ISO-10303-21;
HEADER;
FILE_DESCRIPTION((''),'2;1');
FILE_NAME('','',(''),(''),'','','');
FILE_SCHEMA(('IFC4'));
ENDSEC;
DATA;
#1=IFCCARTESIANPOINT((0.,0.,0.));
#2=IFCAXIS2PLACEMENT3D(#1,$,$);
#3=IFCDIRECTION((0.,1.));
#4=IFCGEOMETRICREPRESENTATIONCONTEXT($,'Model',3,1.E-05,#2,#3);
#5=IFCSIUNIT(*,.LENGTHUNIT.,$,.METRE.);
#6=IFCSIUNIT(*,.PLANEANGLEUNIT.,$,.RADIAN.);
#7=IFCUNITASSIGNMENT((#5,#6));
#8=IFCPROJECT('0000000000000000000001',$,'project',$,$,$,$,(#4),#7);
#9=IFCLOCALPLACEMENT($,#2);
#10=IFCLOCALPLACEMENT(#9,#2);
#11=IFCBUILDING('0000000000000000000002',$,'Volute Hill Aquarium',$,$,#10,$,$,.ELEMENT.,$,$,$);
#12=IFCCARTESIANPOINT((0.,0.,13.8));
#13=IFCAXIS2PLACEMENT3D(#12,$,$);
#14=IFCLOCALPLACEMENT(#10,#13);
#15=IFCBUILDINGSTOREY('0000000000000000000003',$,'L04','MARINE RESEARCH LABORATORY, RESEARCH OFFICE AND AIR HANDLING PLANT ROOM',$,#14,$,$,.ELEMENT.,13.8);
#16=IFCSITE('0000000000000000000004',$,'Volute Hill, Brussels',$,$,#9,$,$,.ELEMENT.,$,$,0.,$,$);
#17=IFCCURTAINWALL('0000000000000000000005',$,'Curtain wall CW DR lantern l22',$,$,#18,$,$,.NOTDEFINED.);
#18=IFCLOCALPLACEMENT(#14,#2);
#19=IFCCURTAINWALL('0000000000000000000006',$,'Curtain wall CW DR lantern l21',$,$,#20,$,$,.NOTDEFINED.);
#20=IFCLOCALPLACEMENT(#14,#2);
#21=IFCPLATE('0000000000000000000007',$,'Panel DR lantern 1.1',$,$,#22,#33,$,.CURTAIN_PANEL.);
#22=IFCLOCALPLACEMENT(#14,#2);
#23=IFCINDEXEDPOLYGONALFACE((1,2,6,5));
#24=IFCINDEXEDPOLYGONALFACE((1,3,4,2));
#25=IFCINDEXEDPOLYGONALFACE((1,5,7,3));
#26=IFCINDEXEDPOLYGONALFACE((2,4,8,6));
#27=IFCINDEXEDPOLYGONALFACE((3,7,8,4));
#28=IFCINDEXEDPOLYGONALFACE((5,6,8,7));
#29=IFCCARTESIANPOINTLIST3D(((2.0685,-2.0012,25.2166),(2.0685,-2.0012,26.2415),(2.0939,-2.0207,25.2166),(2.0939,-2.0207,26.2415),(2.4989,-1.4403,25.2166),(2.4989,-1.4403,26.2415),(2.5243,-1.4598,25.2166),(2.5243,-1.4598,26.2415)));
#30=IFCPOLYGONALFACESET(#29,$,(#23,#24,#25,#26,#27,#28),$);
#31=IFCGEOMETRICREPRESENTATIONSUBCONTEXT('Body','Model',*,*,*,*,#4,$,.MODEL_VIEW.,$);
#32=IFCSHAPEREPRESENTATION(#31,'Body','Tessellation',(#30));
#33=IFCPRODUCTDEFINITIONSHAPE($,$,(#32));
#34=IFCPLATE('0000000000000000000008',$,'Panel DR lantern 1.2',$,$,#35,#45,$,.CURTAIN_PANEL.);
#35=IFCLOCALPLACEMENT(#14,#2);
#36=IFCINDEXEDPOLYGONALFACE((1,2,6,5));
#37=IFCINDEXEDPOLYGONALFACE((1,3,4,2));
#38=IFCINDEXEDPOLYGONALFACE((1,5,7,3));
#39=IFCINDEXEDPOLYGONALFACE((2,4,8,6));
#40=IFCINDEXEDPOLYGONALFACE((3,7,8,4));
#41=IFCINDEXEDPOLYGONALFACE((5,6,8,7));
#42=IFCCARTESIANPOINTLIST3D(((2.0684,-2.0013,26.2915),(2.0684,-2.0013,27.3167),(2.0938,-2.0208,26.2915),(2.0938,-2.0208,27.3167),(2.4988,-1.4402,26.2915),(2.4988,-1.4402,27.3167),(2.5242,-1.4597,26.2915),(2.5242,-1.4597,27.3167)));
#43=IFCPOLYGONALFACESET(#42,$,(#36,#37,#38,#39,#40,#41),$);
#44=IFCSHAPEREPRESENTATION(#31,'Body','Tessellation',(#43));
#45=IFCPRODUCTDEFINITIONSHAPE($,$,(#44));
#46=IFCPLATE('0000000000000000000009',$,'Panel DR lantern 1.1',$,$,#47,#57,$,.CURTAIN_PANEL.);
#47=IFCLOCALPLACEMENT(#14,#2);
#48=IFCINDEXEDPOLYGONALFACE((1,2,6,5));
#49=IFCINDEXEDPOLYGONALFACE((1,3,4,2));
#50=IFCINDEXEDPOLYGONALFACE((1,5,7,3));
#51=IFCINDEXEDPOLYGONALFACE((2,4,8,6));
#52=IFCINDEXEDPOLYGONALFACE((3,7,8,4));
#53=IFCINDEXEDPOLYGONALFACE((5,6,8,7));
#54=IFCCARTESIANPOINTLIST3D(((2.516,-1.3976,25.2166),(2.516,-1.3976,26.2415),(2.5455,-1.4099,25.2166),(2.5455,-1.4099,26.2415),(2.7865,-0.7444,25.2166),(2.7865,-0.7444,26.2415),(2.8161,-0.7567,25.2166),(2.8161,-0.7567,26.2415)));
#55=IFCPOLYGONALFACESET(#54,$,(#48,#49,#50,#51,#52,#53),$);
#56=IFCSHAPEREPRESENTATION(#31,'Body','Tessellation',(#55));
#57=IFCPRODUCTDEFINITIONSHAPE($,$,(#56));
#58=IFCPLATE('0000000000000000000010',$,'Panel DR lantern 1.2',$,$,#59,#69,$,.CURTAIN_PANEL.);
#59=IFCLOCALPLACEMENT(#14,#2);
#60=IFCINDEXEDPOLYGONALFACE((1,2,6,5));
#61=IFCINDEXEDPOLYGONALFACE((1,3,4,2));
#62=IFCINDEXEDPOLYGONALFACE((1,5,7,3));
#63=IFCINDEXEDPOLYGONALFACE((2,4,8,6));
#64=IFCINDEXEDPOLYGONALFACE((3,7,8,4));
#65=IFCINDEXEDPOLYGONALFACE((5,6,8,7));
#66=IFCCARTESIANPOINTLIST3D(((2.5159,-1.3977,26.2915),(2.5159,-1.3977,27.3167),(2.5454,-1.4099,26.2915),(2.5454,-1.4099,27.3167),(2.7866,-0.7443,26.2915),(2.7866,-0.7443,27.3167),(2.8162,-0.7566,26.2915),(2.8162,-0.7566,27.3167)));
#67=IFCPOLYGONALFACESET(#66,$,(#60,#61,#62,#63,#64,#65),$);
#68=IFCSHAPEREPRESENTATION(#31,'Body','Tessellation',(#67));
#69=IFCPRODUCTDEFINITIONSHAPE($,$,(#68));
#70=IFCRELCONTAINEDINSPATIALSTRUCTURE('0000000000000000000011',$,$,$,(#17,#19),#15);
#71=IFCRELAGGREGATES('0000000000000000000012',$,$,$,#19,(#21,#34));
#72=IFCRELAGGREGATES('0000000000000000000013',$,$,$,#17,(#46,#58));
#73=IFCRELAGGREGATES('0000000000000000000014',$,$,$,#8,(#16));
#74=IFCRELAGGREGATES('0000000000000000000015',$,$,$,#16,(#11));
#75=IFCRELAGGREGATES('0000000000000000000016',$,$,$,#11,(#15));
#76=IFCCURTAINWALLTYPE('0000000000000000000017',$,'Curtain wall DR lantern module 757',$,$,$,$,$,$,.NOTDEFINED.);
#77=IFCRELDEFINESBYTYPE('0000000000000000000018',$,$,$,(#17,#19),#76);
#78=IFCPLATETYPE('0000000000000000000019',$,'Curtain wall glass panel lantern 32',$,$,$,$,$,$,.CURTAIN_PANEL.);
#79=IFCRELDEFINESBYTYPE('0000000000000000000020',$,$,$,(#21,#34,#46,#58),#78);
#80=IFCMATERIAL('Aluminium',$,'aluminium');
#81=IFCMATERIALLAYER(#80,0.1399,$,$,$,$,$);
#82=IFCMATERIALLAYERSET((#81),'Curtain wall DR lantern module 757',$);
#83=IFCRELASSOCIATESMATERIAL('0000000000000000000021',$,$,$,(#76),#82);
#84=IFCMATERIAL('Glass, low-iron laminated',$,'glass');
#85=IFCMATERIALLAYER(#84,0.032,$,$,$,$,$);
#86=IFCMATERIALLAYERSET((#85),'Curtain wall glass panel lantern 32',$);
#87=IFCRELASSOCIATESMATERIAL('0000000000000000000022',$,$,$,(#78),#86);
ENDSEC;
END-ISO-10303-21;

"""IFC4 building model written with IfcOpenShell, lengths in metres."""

from ifc_helpers import new_model, si_unit, direction, frame, origin, origin_2d, place, context, subcontext, project, spatial, polyline, rectangle, outline, extrude, material, layer, layer_set, type_object, element, aggregate, save


model = new_model("IFC4")

# Units and contexts
model_context = context("Model", 3, precision=1e-05, world=origin(), true_north=direction((0.0, 1.0)))
body_context = subcontext(model_context, "Body", "Model", "MODEL_VIEW")
ifc_project = project(units=[si_unit("LENGTHUNIT", "METRE"), si_unit("PLANEANGLEUNIT", "RADIAN")], contexts=[model_context])

# Site, building, storey
site_placement = place(None, origin())
site = spatial("IfcSite", under=ifc_project, at=site_placement, Name="Volute Hill, Brussels", CompositionType="ELEMENT", RefElevation=0.0)
building_placement = place(site_placement, origin())
building = spatial("IfcBuilding", under=site, at=building_placement, Name="Volute Hill Aquarium", CompositionType="ELEMENT")
storey_placement = place(building_placement, frame((0.0, 0.0, 13.8)))
storey = spatial("IfcBuildingStorey", under=building, at=storey_placement, Name="L04", Description="MARINE RESEARCH LABORATORY, RESEARCH OFFICE AND AIR HANDLING PLANT ROOM", CompositionType="ELEMENT", Elevation=13.8)

# Curtain wall
ifc_material_1 = material(Name="Aluminium", Category="aluminium")
ifc_layer_1 = layer(ifc_material_1, 0.1399)
ifc_layer_set_1 = layer_set([ifc_layer_1], Name="Curtain wall DR lantern module 757")
curtain_wall_type = type_object("IfcCurtainWallType", Name="Curtain wall DR lantern module 757", PredefinedType="NOTDEFINED", material=ifc_layer_set_1)
curtain_wall_1_placement = place(storey_placement, origin())
curtain_wall_1 = element("IfcCurtainWall", 1, at=curtain_wall_1_placement, inside=storey, type_object=curtain_wall_type, Name="Curtain wall CW DR lantern l22", PredefinedType="NOTDEFINED")

# Curtain wall
curtain_wall_2_placement = place(storey_placement, origin())
curtain_wall_2 = element("IfcCurtainWall", 2, at=curtain_wall_2_placement, inside=storey, type_object=curtain_wall_type, Name="Curtain wall CW DR lantern l21", PredefinedType="NOTDEFINED")

# Shared definitions
ifc_material_2 = material(Name="Glass, low-iron laminated", Category="glass")
ifc_layer_2 = layer(ifc_material_2, 0.032)
ifc_layer_set_2 = layer_set([ifc_layer_2], Name="Curtain wall glass panel lantern 32")
plate_type = type_object("IfcPlateType", Name="Curtain wall glass panel lantern 32", PredefinedType="CURTAIN_PANEL", material=ifc_layer_set_2)

# Plates
plate_1_placement = place(storey_placement, frame((2.2964, -1.7305, 25.2166), z_axis=(0.0, 0.0, 1.0), x_axis=(0.608798, 0.793326, 0.0)))
plate_1 = element("IfcPlate", 3, at=plate_1_placement, type_object=plate_type, Name="Panel DR lantern 1.1", PredefinedType="CURTAIN_PANEL", context=body_context, shape_type="SweptSolid", body=[
    extrude(rectangle(XDim=0.707, YDim=0.032, at=origin_2d()), origin(), (0.0, 0.0, 1.0), 1.0249),
])
plate_2_placement = place(storey_placement, frame((2.0938, -2.0208, 26.2915), z_axis=(0.793406, -0.608692, 0.0), x_axis=(0.608692, 0.793406, 0.0)))
plate_2 = element("IfcPlate", 4, at=plate_2_placement, type_object=plate_type, Name="Panel DR lantern 1.2", PredefinedType="CURTAIN_PANEL", context=body_context, shape_type="SweptSolid", body=[
    extrude(outline(polyline([(0.0, 0.0), (0.7071, 0.0), (0.7071, 1.0251), (0.0, 1.0251), (0.0, 0.0)])), origin(), (0.0, 0.0, -1.0), 0.032),
])
aggregate(curtain_wall_2, [plate_1, plate_2])
plate_3_placement = place(storey_placement, frame((2.666, -1.0771, 25.2166), z_axis=(0.0, 0.0, 1.0), x_axis=(0.382682, 0.92388, 0.0)))
plate_3 = element("IfcPlate", 5, at=plate_3_placement, type_object=plate_type, Name="Panel DR lantern 1.1", PredefinedType="CURTAIN_PANEL", context=body_context, shape_type="SweptSolid", body=[
    extrude(rectangle(XDim=0.707, YDim=0.032, at=origin_2d()), origin(), (0.0, 0.0, 1.0), 1.0249),
])
plate_4_placement = place(storey_placement, frame((2.5454, -1.4099, 26.2915), z_axis=(0.923811, -0.38285, 0.0), x_axis=(0.38285, 0.923811, 0.0)))
plate_4 = element("IfcPlate", 6, at=plate_4_placement, type_object=plate_type, Name="Panel DR lantern 1.2", PredefinedType="CURTAIN_PANEL", context=body_context, shape_type="SweptSolid", body=[
    extrude(outline(polyline([(0.0, 0.0), (0.7072, 0.0), (0.7072, 1.0251), (0.0, 1.0251), (0.0, 0.0)])), origin(), (0.0, 0.0, -1.0), 0.032),
])
aggregate(curtain_wall_1, [plate_3, plate_4])

save(model, "model.ifc")
